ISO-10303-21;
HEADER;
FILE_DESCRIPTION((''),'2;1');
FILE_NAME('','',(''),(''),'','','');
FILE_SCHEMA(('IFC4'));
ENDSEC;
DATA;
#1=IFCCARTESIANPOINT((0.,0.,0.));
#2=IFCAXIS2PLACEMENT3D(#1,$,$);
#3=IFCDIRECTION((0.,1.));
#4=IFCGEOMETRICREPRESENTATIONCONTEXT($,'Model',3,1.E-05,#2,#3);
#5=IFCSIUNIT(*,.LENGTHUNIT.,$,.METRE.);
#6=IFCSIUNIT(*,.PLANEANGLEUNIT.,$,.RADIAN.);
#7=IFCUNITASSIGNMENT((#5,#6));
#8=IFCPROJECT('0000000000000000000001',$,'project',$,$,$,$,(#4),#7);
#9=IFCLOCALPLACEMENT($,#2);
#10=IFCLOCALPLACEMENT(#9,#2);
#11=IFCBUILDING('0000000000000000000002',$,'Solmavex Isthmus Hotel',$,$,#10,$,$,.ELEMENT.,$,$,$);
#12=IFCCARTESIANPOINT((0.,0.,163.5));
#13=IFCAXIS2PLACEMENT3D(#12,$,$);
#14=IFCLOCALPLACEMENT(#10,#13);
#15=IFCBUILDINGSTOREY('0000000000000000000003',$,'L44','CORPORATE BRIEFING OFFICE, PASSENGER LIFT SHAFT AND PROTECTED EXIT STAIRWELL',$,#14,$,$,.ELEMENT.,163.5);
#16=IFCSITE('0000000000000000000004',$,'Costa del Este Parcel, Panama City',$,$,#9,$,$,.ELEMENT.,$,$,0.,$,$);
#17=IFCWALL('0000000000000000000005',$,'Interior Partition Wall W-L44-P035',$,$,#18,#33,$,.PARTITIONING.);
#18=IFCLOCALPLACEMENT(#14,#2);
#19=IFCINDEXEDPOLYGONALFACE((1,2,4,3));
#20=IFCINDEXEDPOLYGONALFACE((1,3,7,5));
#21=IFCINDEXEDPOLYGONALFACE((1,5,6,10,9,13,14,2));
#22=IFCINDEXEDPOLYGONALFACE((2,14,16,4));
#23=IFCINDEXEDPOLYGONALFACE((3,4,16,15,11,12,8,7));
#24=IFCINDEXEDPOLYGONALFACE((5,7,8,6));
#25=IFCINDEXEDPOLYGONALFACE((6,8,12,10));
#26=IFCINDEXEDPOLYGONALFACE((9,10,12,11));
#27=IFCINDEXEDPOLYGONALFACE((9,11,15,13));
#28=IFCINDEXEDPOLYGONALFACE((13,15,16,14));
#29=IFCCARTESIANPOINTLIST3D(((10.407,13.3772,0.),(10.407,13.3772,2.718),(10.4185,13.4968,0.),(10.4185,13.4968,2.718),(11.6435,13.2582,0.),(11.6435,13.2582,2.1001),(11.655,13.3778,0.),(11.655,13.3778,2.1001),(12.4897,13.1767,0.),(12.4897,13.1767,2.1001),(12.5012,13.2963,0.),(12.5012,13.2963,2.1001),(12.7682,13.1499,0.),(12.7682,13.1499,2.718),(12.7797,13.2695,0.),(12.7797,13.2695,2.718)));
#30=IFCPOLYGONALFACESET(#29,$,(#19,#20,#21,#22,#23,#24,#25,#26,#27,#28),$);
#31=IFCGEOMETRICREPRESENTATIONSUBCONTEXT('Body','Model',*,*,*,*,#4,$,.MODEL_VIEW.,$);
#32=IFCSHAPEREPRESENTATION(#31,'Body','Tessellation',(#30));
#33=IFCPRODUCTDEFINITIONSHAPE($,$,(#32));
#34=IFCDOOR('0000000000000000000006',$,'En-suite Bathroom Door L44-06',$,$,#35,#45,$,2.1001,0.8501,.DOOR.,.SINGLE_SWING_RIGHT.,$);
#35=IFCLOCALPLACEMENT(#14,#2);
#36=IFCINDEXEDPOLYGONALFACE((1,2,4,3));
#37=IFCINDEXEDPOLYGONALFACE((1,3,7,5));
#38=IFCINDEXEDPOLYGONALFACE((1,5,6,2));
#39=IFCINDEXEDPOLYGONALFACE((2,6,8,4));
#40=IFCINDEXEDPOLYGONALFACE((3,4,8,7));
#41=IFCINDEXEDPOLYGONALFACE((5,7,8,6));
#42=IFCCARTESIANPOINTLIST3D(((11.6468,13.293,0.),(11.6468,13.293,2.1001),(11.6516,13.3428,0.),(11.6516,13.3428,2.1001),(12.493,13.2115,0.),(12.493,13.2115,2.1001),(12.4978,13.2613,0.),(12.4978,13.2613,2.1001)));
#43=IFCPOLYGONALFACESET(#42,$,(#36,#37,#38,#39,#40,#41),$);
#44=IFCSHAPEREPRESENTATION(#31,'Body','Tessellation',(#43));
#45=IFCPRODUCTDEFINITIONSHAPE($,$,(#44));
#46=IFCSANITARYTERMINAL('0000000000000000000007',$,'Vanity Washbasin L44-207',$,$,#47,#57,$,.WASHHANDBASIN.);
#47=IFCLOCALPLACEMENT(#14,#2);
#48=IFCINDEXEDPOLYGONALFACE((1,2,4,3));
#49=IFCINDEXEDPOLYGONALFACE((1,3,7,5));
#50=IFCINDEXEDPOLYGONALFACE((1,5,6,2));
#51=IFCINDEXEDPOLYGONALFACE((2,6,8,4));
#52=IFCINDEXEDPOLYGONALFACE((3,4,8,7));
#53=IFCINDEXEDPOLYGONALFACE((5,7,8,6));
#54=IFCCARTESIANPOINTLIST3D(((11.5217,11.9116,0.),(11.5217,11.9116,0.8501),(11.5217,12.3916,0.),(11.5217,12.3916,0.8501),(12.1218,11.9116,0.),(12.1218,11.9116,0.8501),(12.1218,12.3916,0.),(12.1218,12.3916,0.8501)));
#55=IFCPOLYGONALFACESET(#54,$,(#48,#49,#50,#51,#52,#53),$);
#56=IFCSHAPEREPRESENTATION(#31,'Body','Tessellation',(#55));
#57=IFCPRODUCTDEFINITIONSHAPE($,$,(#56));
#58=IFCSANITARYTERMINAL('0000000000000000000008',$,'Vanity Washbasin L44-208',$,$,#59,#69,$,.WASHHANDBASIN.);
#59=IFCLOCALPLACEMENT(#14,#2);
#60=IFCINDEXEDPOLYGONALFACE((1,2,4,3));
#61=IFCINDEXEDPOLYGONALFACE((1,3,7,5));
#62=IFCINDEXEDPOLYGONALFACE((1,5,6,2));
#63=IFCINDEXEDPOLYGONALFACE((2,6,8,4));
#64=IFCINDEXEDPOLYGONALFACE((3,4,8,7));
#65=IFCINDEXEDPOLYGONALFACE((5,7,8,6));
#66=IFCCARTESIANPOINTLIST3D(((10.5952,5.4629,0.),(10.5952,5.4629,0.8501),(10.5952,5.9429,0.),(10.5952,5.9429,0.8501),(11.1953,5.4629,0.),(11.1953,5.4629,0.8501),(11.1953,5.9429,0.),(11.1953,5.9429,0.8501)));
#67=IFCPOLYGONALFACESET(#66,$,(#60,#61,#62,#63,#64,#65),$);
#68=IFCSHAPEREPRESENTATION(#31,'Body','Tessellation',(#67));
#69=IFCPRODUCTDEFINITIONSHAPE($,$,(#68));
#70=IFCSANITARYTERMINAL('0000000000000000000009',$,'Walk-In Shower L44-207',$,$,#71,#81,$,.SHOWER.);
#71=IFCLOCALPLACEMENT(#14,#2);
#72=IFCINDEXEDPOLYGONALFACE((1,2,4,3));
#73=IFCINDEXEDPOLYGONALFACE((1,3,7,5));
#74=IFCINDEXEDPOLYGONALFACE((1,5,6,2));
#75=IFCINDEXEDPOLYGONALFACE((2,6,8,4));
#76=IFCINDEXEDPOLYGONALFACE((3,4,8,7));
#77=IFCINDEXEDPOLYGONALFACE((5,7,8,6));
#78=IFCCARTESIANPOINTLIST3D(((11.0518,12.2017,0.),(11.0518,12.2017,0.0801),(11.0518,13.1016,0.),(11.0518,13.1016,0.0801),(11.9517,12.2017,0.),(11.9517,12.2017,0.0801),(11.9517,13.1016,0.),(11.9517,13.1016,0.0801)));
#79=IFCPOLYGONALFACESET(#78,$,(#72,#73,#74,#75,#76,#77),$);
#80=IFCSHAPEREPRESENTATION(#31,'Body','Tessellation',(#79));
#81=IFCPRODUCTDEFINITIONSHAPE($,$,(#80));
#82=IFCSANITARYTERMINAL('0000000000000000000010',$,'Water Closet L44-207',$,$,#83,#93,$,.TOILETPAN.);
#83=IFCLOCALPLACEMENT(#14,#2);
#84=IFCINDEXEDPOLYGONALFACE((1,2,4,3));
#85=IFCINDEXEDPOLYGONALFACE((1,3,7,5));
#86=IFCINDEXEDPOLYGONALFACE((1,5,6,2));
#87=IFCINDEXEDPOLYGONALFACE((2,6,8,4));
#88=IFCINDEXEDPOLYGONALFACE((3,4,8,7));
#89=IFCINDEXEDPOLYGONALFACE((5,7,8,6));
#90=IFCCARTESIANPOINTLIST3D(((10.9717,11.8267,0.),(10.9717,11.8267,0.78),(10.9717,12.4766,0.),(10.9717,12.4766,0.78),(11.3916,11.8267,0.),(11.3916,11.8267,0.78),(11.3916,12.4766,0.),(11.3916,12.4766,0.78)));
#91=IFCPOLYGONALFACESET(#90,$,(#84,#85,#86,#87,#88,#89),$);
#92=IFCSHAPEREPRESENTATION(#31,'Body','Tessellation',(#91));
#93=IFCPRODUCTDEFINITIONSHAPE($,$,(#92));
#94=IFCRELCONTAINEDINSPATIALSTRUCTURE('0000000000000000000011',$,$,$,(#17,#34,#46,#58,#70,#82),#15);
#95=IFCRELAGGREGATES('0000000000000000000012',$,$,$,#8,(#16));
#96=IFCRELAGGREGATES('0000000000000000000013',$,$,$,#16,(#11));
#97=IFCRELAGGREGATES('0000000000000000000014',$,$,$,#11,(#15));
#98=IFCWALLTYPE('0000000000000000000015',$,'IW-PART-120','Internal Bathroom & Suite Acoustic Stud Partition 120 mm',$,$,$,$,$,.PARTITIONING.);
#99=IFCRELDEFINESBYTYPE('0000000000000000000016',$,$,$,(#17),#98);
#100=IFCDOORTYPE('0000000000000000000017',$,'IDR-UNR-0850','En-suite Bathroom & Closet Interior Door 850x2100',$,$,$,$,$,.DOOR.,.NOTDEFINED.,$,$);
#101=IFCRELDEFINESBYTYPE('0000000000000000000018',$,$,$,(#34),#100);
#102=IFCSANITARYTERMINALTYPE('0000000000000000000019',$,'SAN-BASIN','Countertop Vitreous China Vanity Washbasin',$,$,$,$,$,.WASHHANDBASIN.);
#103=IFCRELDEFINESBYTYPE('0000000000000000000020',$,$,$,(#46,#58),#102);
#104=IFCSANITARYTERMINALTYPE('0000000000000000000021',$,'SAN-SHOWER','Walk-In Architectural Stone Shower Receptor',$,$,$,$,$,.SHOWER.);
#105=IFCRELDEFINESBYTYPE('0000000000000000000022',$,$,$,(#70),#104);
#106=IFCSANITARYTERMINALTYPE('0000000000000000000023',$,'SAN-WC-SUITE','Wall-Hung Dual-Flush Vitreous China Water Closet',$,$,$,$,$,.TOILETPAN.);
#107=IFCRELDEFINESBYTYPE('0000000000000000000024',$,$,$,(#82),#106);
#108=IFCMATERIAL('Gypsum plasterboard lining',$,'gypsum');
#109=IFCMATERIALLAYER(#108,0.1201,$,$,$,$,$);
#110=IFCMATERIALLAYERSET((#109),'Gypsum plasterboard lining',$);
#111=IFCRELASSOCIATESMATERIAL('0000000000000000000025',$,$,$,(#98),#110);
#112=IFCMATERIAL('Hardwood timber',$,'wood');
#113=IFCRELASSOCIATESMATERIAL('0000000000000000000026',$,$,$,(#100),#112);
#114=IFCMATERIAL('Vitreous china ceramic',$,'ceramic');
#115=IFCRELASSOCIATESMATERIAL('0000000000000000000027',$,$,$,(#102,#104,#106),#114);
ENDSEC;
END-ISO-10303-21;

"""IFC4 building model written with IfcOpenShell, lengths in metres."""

from ifc_helpers import new_model, si_unit, direction, frame, frame_2d, origin, origin_2d, place, context, subcontext, project, spatial, rectangle, extrude, material, layer, layer_set, type_object, element, fill, save


model = new_model("IFC4")

# Units and contexts
model_context = context("Model", 3, precision=1e-05, world=origin(), true_north=direction((0.0, 1.0)))
body_context = subcontext(model_context, "Body", "Model", "MODEL_VIEW")
ifc_project = project(units=[si_unit("LENGTHUNIT", "METRE"), si_unit("PLANEANGLEUNIT", "RADIAN")], contexts=[model_context])

# Site, building, storey
site_placement = place(None, origin())
site = spatial("IfcSite", under=ifc_project, at=site_placement, Name="Costa del Este Parcel, Panama City", CompositionType="ELEMENT", RefElevation=0.0)
building_placement = place(site_placement, origin())
building = spatial("IfcBuilding", under=site, at=building_placement, Name="Solmavex Isthmus Hotel", CompositionType="ELEMENT")
storey_placement = place(building_placement, frame((0.0, 0.0, 163.5)))
storey = spatial("IfcBuildingStorey", under=building, at=storey_placement, Name="L44", Description="CORPORATE BRIEFING OFFICE, PASSENGER LIFT SHAFT AND PROTECTED EXIT STAIRWELL", CompositionType="ELEMENT", Elevation=163.5)

# Shared definitions
ifc_material_1 = material(Name="Gypsum plasterboard lining", Category="gypsum")

# Shared definitions
ifc_material_2 = material(Name="Hardwood timber", Category="wood")

# Shared definitions
ifc_layer_1 = layer(ifc_material_1, 0.1201)
ifc_layer_set_1 = layer_set([ifc_layer_1], Name="Gypsum plasterboard lining")
wall_type_1 = type_object("IfcWallType", Name="IW-PART-120", Description="Internal Bathroom & Suite Acoustic Stud Partition 120 mm", PredefinedType="PARTITIONING", material=ifc_layer_set_1)

# Wall, opening, door
wall_1_placement = place(storey_placement, frame((12.7739, 13.2097, 0.0), z_axis=(0.0, 0.0, 1.0), x_axis=(-0.995398, 0.095824, 0.0)))
wall_1 = element("IfcWall", 1, at=wall_1_placement, inside=storey, type_object=wall_type_1, Name="Interior Partition Wall W-L44-P035", PredefinedType="PARTITIONING", context=body_context, shape_type="SweptSolid", body=[
    extrude(rectangle(XDim=2.3721, YDim=0.1201, at=frame_2d((1.186, 0.0))), origin(), (0.0, 0.0, 1.0), 2.718),
])
opening_1_placement = place(wall_1_placement, frame((0.2798, 0.0, 0.0)))
opening_1 = element("IfcOpeningElement", 2, at=opening_1_placement, cuts=wall_1, PredefinedType="OPENING", context=body_context, shape_type="SweptSolid", body=[
    extrude(rectangle(XDim=0.8501, YDim=2.1001, at=frame_2d((0.425, 1.05))), frame((0.0, 0.0701, 0.0), z_axis=(0.0, -1.0, 0.0), x_axis=(1.0, 0.0, 0.0)), (0.0, 0.0, 1.0), 0.1401),
])
door_type_1 = type_object("IfcDoorType", Name="IDR-UNR-0850", Description="En-suite Bathroom & Closet Interior Door 850x2100", OperationType="NOTDEFINED", PredefinedType="DOOR", material=ifc_material_2)
door_1_placement = place(opening_1_placement, frame((0.8501, 0.0, 0.0), z_axis=(0.0, 0.0, 1.0), x_axis=(-1.0, 0.0, 0.0)))
door_1 = element("IfcDoor", 3, at=door_1_placement, inside=storey, type_object=door_type_1, Name="En-suite Bathroom Door L44-06", OperationType="SINGLE_SWING_RIGHT", OverallHeight=2.1001, OverallWidth=0.8501, PredefinedType="DOOR", context=body_context, shape_type="SweptSolid", body=[
    extrude(rectangle(XDim=0.8501, YDim=2.1001, at=frame_2d((0.425, 1.05))), frame((0.0, 0.0249, 0.0), z_axis=(0.0, -1.0, 0.0), x_axis=(1.0, 0.0, 0.0)), (0.0, 0.0, 1.0), 0.05),
])
fill(opening_1, door_1)

# Sanitary terminals
ifc_material_3 = material(Name="Vitreous china ceramic", Category="ceramic")
sanitary_terminal_type_1 = type_object("IfcSanitaryTerminalType", Name="SAN-BASIN", Description="Countertop Vitreous China Vanity Washbasin", PredefinedType="WASHHANDBASIN", material=ifc_material_3)
for number, where, z_axis, x_axis, name in (
    (4, (11.8218, 12.1516, 0.0), (0.0, 0.0, 1.0), (1.0, 0.0, 0.0), "Vanity Washbasin L44-207"),
    (5, (10.8953, 5.7029, 0.0), (0.0, 0.0, 1.0), (1.0, 0.0, 0.0), "Vanity Washbasin L44-208"),
):
    element("IfcSanitaryTerminal", number, at=place(storey_placement, frame(where, z_axis=z_axis, x_axis=x_axis)), inside=storey, type_object=sanitary_terminal_type_1, Name=name, PredefinedType="WASHHANDBASIN", context=body_context, shape_type="SweptSolid", body=[
        extrude(rectangle(XDim=0.6001, YDim=0.48, at=origin_2d()), origin(), (0.0, 0.0, 1.0), 0.8501),
    ])
sanitary_terminal_type_2 = type_object("IfcSanitaryTerminalType", Name="SAN-SHOWER", Description="Walk-In Architectural Stone Shower Receptor", PredefinedType="SHOWER", material=ifc_material_3)
sanitary_terminal_1_placement = place(storey_placement, frame((11.5017, 12.6516, 0.0), z_axis=(0.0, 0.0, 1.0), x_axis=(1.0, 0.0, 0.0)))
element("IfcSanitaryTerminal", 6, at=sanitary_terminal_1_placement, inside=storey, type_object=sanitary_terminal_type_2, Name="Walk-In Shower L44-207", PredefinedType="SHOWER", context=body_context, shape_type="SweptSolid", body=[
    extrude(rectangle(XDim=0.8999, YDim=0.8999, at=origin_2d()), origin(), (0.0, 0.0, 1.0), 0.0801),
])
sanitary_terminal_type_3 = type_object("IfcSanitaryTerminalType", Name="SAN-WC-SUITE", Description="Wall-Hung Dual-Flush Vitreous China Water Closet", PredefinedType="TOILETPAN", material=ifc_material_3)
sanitary_terminal_2_placement = place(storey_placement, frame((11.1816, 12.1516, 0.0), z_axis=(0.0, 0.0, 1.0), x_axis=(1.0, 0.0, 0.0)))
element("IfcSanitaryTerminal", 7, at=sanitary_terminal_2_placement, inside=storey, type_object=sanitary_terminal_type_3, Name="Water Closet L44-207", PredefinedType="TOILETPAN", context=body_context, shape_type="SweptSolid", body=[
    extrude(rectangle(XDim=0.4199, YDim=0.6499, at=origin_2d()), origin(), (0.0, 0.0, 1.0), 0.78),
])

save(model, "model.ifc")
